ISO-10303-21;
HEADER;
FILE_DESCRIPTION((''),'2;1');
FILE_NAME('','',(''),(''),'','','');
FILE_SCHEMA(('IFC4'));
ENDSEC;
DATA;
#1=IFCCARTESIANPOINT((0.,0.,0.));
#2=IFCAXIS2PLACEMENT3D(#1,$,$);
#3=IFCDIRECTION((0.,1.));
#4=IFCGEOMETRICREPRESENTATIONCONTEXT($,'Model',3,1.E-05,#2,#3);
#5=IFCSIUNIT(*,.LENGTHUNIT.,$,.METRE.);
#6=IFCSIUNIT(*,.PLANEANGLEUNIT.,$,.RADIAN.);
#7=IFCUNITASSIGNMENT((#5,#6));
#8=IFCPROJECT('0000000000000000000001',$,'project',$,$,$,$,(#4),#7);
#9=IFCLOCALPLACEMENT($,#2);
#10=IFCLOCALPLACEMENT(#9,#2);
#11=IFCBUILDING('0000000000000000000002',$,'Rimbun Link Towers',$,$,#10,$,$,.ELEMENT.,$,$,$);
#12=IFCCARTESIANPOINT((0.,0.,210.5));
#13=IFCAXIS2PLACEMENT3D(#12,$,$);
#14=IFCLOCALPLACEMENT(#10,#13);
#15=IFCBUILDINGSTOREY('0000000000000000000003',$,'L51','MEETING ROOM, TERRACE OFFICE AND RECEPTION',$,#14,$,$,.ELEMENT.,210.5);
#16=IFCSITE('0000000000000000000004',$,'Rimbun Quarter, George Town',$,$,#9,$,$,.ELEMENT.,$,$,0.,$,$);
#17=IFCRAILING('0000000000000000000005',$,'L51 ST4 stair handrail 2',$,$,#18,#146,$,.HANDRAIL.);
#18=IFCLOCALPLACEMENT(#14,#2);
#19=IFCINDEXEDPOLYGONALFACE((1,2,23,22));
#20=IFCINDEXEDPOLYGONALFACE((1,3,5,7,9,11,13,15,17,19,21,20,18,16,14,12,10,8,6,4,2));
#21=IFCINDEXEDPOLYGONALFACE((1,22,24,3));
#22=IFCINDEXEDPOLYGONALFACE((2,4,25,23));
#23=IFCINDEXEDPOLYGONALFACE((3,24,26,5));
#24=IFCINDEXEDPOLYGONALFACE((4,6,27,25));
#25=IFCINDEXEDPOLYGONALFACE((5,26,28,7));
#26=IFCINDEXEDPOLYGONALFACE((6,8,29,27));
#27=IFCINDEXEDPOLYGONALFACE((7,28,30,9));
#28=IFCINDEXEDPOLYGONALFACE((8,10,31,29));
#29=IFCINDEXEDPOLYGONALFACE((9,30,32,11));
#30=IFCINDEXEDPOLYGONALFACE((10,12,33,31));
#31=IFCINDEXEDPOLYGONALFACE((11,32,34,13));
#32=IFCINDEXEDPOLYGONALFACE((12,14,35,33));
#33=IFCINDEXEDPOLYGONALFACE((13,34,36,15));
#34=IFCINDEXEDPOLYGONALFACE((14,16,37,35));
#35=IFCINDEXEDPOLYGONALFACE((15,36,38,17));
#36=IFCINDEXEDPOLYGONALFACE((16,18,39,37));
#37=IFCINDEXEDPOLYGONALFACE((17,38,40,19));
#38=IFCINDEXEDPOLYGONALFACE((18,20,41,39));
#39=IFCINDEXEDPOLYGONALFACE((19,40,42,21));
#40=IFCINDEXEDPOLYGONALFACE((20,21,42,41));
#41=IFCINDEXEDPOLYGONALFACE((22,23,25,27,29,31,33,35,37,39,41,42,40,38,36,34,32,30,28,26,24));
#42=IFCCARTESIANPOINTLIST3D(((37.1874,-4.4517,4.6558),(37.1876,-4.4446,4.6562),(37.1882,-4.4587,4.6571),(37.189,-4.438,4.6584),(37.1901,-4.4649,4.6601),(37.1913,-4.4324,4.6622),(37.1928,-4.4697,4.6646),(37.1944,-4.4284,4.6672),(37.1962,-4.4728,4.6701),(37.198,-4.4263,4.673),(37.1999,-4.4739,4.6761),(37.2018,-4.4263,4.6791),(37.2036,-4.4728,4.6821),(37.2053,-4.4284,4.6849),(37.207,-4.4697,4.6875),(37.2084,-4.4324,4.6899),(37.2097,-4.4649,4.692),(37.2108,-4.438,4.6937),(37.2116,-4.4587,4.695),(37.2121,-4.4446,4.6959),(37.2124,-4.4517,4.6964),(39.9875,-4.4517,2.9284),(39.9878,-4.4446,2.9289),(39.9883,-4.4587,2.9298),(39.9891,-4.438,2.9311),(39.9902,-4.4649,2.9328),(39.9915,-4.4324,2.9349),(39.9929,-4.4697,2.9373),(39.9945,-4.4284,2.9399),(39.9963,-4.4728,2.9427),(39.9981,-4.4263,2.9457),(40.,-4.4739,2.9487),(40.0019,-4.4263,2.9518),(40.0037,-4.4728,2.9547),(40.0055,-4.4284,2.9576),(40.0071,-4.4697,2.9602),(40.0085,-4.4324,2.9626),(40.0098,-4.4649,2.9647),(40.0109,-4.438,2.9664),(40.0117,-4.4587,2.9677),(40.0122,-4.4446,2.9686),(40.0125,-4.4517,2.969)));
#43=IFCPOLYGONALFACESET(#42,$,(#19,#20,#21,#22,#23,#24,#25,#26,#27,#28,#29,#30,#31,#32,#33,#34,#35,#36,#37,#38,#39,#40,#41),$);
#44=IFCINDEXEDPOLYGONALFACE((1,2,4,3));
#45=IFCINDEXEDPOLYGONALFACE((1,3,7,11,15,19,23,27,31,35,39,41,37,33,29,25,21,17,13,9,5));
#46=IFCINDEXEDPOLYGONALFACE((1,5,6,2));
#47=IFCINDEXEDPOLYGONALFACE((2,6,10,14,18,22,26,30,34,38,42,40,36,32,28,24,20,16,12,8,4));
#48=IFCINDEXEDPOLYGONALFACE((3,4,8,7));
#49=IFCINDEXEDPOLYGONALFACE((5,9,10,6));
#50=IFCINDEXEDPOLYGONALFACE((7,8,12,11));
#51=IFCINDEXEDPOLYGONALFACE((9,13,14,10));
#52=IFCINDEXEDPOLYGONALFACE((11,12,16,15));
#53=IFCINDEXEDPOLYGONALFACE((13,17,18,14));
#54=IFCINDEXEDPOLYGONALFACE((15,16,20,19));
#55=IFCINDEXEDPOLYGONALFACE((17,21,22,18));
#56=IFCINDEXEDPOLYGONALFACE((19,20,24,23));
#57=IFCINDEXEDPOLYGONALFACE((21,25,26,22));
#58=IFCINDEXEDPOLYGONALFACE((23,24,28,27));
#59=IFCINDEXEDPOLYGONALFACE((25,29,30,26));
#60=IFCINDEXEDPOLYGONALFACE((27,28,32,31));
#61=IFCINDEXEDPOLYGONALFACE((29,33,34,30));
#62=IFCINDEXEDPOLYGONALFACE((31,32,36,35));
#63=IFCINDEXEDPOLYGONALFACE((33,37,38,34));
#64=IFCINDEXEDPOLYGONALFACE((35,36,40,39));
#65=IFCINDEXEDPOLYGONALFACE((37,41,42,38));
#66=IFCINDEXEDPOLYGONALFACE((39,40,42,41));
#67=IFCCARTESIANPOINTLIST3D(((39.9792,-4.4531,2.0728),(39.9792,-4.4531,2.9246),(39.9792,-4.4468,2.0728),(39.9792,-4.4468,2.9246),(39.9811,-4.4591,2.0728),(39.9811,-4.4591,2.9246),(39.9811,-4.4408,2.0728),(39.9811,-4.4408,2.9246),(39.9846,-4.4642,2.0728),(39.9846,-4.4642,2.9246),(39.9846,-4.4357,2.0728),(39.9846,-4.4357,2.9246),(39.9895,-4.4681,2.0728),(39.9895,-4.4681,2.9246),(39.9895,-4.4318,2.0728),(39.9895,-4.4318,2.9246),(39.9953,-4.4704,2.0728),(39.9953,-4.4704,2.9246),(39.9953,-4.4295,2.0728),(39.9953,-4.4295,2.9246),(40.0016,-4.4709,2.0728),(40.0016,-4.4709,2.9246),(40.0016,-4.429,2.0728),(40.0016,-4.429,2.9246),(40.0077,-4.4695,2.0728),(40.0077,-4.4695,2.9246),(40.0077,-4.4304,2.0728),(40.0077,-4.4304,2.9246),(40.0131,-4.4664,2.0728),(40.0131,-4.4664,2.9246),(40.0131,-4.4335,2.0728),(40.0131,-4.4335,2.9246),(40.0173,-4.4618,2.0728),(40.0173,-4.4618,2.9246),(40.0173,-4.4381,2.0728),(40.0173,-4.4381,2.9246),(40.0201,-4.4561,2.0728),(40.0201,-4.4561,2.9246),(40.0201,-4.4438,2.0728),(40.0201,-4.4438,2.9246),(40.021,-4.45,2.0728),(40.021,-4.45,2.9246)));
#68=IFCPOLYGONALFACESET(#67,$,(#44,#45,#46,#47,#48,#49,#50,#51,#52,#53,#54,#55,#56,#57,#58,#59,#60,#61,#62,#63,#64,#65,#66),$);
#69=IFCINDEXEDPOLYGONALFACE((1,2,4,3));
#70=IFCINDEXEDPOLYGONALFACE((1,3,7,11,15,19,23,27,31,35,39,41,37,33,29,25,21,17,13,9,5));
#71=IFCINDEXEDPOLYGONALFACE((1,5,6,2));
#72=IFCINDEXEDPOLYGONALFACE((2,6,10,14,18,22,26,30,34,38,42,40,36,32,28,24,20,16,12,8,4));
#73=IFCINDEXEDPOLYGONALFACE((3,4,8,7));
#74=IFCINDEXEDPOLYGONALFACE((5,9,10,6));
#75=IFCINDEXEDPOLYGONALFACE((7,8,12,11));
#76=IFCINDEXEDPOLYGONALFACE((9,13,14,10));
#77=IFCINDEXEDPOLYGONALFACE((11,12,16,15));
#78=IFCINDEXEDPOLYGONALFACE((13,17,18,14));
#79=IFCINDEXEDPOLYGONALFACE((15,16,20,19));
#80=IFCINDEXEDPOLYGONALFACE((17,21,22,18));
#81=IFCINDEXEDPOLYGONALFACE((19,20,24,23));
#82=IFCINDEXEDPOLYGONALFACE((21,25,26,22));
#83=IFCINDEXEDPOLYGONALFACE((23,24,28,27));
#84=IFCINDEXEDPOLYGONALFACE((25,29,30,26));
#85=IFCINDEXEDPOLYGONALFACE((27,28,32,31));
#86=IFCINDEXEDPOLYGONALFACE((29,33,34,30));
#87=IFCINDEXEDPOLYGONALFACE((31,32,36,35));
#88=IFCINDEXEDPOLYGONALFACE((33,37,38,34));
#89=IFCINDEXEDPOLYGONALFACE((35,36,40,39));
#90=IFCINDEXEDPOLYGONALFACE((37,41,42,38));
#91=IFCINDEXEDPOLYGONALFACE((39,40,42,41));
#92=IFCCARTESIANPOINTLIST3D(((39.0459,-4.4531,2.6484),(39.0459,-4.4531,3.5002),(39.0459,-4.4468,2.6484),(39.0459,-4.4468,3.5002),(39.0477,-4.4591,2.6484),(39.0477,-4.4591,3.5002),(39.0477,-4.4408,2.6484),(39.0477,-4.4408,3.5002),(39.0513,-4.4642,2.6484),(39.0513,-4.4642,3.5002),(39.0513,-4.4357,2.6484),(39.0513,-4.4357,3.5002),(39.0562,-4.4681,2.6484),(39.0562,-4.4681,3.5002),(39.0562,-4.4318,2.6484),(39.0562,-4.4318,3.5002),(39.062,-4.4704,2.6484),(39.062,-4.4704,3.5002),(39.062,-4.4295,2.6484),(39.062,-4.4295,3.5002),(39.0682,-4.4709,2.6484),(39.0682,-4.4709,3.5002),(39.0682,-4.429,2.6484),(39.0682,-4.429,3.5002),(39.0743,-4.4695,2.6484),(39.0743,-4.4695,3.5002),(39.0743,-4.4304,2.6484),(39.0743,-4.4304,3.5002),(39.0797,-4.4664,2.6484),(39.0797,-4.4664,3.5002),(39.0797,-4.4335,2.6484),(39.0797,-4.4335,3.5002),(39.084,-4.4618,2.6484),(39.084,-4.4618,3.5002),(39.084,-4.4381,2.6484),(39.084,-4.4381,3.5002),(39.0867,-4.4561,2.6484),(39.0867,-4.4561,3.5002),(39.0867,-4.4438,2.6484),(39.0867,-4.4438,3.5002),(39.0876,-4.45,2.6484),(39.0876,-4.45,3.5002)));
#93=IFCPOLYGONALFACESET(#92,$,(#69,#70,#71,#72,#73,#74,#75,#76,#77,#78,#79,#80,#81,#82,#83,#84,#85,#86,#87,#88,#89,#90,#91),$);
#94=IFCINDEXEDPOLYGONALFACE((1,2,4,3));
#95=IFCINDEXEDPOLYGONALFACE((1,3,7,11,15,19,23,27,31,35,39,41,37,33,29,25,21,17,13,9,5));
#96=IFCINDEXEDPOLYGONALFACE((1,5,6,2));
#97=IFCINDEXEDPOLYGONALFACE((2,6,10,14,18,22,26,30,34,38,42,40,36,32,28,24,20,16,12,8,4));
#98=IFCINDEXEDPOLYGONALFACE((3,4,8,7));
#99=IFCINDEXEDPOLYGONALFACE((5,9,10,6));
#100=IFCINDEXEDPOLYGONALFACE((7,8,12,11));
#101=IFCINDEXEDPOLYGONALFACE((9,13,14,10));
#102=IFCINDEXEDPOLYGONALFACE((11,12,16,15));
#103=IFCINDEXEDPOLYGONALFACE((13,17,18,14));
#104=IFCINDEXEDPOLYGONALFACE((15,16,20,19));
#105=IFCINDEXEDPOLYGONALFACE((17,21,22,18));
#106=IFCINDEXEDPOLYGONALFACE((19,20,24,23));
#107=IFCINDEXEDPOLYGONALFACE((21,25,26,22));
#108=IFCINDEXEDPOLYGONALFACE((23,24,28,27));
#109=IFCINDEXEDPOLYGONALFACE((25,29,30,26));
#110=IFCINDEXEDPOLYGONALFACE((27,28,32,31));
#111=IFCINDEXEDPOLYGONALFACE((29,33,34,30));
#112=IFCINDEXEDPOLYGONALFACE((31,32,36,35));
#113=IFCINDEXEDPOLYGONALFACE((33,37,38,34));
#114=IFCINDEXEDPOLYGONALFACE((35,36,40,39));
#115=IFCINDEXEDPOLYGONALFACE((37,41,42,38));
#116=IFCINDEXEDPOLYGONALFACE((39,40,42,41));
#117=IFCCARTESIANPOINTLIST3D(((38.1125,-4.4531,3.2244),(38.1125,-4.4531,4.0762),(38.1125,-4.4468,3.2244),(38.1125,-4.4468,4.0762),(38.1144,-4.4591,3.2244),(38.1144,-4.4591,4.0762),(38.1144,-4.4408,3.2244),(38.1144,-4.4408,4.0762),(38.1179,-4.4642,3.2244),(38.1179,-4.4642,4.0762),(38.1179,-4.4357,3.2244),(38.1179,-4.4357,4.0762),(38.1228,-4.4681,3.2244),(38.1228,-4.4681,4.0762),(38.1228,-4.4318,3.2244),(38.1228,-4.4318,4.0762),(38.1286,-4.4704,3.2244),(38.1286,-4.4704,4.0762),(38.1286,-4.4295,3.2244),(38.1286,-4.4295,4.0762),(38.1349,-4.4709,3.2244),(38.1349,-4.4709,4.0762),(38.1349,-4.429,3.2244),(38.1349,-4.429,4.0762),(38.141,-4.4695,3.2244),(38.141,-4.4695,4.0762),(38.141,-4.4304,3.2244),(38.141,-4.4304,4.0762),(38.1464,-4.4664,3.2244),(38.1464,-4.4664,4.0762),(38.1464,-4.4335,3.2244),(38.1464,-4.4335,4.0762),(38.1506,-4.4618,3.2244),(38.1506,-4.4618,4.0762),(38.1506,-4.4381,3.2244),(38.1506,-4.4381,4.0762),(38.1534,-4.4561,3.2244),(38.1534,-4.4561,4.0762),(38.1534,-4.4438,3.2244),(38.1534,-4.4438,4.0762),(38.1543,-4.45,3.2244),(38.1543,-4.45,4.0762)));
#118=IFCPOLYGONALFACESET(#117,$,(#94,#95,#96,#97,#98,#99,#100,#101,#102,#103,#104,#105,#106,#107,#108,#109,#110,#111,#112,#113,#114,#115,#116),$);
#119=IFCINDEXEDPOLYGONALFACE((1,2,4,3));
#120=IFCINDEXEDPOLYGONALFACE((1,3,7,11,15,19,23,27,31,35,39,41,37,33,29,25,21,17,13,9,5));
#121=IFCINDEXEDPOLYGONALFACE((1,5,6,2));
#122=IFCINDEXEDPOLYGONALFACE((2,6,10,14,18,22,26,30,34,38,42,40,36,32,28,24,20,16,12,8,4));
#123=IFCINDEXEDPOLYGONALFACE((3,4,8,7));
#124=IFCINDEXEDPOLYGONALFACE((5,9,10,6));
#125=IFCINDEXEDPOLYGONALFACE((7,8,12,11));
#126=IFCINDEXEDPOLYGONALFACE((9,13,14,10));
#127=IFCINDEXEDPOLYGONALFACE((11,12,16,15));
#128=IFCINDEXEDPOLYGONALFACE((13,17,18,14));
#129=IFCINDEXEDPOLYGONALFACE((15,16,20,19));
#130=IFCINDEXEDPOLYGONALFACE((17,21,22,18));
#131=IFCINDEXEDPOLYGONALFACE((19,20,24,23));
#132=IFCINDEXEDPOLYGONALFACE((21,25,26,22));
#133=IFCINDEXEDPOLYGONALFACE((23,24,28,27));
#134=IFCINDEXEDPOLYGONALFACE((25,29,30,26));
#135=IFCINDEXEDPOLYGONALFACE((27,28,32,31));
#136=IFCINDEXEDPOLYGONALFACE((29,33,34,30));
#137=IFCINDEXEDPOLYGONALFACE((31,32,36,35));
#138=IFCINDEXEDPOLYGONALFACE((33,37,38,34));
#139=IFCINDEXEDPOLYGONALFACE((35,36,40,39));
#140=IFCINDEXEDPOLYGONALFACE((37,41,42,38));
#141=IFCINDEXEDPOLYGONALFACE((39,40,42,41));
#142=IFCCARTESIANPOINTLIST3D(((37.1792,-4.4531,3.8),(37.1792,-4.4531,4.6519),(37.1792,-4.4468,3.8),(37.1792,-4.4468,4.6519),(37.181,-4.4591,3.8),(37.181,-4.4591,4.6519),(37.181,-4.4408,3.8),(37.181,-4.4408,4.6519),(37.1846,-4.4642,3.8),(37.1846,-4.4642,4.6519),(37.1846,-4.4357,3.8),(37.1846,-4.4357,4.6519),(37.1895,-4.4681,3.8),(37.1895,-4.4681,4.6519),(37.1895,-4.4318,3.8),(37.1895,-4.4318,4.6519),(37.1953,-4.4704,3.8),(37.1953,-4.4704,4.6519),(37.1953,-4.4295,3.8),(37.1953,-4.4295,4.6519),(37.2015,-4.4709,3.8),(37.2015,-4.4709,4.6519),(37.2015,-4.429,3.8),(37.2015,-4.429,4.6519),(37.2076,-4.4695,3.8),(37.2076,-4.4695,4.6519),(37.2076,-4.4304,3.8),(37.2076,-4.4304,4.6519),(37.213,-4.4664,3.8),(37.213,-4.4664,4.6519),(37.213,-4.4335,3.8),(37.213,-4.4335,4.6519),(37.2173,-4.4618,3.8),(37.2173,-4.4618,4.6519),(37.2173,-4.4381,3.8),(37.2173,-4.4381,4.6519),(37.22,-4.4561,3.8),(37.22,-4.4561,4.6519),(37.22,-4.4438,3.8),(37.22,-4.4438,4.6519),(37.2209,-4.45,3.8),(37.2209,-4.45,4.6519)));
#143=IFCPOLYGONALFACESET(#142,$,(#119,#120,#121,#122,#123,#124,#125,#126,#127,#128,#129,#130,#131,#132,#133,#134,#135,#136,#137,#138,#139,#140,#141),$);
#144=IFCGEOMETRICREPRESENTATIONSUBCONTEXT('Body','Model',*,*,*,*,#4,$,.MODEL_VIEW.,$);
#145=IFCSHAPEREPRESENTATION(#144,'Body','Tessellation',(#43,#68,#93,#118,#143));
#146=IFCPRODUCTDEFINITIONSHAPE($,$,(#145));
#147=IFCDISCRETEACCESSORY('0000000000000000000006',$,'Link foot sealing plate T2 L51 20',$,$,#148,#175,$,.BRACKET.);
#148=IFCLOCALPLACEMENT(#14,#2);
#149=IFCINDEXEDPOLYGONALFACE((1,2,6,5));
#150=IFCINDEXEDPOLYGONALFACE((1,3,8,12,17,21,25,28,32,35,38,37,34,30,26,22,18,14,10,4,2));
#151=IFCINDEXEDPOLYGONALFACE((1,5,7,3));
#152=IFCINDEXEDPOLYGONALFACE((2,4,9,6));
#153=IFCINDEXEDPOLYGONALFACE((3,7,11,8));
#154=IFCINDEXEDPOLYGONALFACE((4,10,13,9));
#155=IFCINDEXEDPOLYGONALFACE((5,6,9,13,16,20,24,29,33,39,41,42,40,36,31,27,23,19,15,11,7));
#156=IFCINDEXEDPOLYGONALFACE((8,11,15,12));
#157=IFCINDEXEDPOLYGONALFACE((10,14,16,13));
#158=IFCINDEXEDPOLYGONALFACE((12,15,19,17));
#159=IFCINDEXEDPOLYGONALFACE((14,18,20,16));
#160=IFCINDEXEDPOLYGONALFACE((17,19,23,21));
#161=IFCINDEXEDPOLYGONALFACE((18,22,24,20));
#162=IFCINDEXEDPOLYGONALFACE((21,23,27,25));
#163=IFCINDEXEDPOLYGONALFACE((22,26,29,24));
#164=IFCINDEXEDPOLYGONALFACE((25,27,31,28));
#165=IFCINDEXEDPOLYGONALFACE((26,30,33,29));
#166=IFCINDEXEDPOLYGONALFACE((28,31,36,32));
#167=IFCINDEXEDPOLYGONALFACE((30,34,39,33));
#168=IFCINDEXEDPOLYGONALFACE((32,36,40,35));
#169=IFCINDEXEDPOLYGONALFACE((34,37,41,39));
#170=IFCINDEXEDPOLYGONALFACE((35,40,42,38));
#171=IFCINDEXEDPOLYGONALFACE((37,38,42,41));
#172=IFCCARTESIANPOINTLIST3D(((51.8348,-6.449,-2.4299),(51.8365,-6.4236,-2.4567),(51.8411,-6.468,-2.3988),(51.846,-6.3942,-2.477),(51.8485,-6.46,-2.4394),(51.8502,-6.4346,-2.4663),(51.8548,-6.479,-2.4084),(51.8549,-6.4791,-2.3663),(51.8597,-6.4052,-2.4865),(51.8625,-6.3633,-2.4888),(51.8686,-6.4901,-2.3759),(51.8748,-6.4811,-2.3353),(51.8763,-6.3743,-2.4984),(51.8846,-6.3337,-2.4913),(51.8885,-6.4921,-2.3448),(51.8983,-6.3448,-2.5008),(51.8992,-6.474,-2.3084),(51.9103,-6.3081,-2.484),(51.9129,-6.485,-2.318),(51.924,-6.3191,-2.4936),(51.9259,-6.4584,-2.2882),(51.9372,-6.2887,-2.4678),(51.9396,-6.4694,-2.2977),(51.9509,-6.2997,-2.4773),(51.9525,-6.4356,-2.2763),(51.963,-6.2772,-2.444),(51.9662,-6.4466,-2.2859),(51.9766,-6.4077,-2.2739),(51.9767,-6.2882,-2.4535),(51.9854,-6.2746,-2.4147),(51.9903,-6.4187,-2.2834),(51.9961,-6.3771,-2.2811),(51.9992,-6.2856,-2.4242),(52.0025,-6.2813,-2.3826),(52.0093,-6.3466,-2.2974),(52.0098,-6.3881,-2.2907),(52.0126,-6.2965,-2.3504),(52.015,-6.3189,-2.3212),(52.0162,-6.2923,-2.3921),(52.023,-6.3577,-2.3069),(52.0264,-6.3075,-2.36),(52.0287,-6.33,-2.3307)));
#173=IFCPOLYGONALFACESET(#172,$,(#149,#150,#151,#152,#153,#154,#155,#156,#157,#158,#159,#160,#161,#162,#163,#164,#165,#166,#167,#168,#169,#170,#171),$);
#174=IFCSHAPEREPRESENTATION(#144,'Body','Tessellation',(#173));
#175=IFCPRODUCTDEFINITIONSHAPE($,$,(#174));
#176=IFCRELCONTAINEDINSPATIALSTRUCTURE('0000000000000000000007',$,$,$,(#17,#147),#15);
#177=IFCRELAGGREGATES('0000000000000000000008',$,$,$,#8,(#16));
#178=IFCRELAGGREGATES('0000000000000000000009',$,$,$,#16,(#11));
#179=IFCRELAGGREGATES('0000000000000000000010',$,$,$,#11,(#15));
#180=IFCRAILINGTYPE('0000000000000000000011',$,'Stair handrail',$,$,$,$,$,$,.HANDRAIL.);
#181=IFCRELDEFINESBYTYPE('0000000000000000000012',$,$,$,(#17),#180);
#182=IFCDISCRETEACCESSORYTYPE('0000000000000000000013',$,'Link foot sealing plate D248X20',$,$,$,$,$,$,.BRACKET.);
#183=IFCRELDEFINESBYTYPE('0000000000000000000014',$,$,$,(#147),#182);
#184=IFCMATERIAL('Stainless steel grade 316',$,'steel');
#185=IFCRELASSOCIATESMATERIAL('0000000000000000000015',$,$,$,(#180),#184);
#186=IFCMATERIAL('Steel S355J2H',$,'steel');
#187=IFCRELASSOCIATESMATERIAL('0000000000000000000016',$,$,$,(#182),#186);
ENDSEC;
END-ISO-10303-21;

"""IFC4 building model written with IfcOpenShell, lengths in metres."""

from ifc_helpers import new_model, si_unit, direction, frame, origin, origin_2d, place, context, subcontext, project, spatial, circle, extrude, material, material_profile, profile_set, type_object, element, save


model = new_model("IFC4")

# Units and contexts
model_context = context("Model", 3, precision=1e-05, world=origin(), true_north=direction((0.0, 1.0)))
body_context = subcontext(model_context, "Body", "Model", "MODEL_VIEW")
ifc_project = project(units=[si_unit("LENGTHUNIT", "METRE"), si_unit("PLANEANGLEUNIT", "RADIAN")], contexts=[model_context])

# Site, building, storey
site_placement = place(None, origin())
site = spatial("IfcSite", under=ifc_project, at=site_placement, Name="Rimbun Quarter, George Town", CompositionType="ELEMENT", RefElevation=0.0)
building_placement = place(site_placement, origin())
building = spatial("IfcBuilding", under=site, at=building_placement, Name="Rimbun Link Towers", CompositionType="ELEMENT")
storey_placement = place(building_placement, frame((0.0, 0.0, 210.5)))
storey = spatial("IfcBuildingStorey", under=building, at=storey_placement, Name="L51", Description="MEETING ROOM, TERRACE OFFICE AND RECEPTION", CompositionType="ELEMENT", Elevation=210.5)

# Railing
ifc_material_1 = material(Name="Stainless steel grade 316", Category="steel")
railing_type_1 = type_object("IfcRailingType", Name="Stair handrail", PredefinedType="HANDRAIL", material=ifc_material_1)
railing_1_placement = place(storey_placement, frame((40.0, -4.45, 2.0728)))
element("IfcRailing", 1, at=railing_1_placement, inside=storey, type_object=railing_type_1, Name="L51 ST4 stair handrail 2", PredefinedType="HANDRAIL", context=body_context, shape_type="SweptSolid", body=[
    extrude(circle(Radius=0.0239, at=origin_2d()), frame((0.0, 0.0, 0.876), z_axis=(-0.85109, 0.0, 0.52502), x_axis=(0.0, -1.0, 0.0)), (0.0, 0.0, 1.0), 3.29),
    extrude(circle(Radius=0.021, at=origin_2d()), origin(), (0.0, 0.0, 1.0), 0.8518),
    extrude(circle(Radius=0.021, at=origin_2d()), frame((-0.9333, 0.0, 0.5757)), (0.0, 0.0, 1.0), 0.8518),
    extrude(circle(Radius=0.021, at=origin_2d()), frame((-1.8667, 0.0, 1.1516)), (0.0, 0.0, 1.0), 0.8518),
    extrude(circle(Radius=0.021, at=origin_2d()), frame((-2.8, 0.0, 1.7273)), (0.0, 0.0, 1.0), 0.8518),
])

# Discrete accessory
ifc_material_2 = material(Name="Steel S355J2H", Category="steel")
ifc_material_profile_1 = material_profile(ifc_material_2, circle(Radius=0.124, at=origin_2d()), Name="PL D248")
ifc_profile_set_1 = profile_set([ifc_material_profile_1], Name="Steel S355J2H")
discrete_accessory_type = type_object("IfcDiscreteAccessoryType", Name="Link foot sealing plate D248X20", PredefinedType="BRACKET", material=ifc_profile_set_1)
discrete_accessory_placement = place(storey_placement, frame((51.9248, -6.3779, -2.3826), z_axis=(0.68507, -0.550502, -0.477102), x_axis=(0.626391, 0.779509, 0.0)))
element("IfcDiscreteAccessory", 2, at=discrete_accessory_placement, inside=storey, type_object=discrete_accessory_type, Name="Link foot sealing plate T2 L51 20", PredefinedType="BRACKET", context=body_context, shape_type="SweptSolid", body=[
    extrude(circle(Radius=0.124, at=origin_2d()), origin(), (0.0, 0.0, 1.0), 0.02),
])

save(model, "model.ifc")
